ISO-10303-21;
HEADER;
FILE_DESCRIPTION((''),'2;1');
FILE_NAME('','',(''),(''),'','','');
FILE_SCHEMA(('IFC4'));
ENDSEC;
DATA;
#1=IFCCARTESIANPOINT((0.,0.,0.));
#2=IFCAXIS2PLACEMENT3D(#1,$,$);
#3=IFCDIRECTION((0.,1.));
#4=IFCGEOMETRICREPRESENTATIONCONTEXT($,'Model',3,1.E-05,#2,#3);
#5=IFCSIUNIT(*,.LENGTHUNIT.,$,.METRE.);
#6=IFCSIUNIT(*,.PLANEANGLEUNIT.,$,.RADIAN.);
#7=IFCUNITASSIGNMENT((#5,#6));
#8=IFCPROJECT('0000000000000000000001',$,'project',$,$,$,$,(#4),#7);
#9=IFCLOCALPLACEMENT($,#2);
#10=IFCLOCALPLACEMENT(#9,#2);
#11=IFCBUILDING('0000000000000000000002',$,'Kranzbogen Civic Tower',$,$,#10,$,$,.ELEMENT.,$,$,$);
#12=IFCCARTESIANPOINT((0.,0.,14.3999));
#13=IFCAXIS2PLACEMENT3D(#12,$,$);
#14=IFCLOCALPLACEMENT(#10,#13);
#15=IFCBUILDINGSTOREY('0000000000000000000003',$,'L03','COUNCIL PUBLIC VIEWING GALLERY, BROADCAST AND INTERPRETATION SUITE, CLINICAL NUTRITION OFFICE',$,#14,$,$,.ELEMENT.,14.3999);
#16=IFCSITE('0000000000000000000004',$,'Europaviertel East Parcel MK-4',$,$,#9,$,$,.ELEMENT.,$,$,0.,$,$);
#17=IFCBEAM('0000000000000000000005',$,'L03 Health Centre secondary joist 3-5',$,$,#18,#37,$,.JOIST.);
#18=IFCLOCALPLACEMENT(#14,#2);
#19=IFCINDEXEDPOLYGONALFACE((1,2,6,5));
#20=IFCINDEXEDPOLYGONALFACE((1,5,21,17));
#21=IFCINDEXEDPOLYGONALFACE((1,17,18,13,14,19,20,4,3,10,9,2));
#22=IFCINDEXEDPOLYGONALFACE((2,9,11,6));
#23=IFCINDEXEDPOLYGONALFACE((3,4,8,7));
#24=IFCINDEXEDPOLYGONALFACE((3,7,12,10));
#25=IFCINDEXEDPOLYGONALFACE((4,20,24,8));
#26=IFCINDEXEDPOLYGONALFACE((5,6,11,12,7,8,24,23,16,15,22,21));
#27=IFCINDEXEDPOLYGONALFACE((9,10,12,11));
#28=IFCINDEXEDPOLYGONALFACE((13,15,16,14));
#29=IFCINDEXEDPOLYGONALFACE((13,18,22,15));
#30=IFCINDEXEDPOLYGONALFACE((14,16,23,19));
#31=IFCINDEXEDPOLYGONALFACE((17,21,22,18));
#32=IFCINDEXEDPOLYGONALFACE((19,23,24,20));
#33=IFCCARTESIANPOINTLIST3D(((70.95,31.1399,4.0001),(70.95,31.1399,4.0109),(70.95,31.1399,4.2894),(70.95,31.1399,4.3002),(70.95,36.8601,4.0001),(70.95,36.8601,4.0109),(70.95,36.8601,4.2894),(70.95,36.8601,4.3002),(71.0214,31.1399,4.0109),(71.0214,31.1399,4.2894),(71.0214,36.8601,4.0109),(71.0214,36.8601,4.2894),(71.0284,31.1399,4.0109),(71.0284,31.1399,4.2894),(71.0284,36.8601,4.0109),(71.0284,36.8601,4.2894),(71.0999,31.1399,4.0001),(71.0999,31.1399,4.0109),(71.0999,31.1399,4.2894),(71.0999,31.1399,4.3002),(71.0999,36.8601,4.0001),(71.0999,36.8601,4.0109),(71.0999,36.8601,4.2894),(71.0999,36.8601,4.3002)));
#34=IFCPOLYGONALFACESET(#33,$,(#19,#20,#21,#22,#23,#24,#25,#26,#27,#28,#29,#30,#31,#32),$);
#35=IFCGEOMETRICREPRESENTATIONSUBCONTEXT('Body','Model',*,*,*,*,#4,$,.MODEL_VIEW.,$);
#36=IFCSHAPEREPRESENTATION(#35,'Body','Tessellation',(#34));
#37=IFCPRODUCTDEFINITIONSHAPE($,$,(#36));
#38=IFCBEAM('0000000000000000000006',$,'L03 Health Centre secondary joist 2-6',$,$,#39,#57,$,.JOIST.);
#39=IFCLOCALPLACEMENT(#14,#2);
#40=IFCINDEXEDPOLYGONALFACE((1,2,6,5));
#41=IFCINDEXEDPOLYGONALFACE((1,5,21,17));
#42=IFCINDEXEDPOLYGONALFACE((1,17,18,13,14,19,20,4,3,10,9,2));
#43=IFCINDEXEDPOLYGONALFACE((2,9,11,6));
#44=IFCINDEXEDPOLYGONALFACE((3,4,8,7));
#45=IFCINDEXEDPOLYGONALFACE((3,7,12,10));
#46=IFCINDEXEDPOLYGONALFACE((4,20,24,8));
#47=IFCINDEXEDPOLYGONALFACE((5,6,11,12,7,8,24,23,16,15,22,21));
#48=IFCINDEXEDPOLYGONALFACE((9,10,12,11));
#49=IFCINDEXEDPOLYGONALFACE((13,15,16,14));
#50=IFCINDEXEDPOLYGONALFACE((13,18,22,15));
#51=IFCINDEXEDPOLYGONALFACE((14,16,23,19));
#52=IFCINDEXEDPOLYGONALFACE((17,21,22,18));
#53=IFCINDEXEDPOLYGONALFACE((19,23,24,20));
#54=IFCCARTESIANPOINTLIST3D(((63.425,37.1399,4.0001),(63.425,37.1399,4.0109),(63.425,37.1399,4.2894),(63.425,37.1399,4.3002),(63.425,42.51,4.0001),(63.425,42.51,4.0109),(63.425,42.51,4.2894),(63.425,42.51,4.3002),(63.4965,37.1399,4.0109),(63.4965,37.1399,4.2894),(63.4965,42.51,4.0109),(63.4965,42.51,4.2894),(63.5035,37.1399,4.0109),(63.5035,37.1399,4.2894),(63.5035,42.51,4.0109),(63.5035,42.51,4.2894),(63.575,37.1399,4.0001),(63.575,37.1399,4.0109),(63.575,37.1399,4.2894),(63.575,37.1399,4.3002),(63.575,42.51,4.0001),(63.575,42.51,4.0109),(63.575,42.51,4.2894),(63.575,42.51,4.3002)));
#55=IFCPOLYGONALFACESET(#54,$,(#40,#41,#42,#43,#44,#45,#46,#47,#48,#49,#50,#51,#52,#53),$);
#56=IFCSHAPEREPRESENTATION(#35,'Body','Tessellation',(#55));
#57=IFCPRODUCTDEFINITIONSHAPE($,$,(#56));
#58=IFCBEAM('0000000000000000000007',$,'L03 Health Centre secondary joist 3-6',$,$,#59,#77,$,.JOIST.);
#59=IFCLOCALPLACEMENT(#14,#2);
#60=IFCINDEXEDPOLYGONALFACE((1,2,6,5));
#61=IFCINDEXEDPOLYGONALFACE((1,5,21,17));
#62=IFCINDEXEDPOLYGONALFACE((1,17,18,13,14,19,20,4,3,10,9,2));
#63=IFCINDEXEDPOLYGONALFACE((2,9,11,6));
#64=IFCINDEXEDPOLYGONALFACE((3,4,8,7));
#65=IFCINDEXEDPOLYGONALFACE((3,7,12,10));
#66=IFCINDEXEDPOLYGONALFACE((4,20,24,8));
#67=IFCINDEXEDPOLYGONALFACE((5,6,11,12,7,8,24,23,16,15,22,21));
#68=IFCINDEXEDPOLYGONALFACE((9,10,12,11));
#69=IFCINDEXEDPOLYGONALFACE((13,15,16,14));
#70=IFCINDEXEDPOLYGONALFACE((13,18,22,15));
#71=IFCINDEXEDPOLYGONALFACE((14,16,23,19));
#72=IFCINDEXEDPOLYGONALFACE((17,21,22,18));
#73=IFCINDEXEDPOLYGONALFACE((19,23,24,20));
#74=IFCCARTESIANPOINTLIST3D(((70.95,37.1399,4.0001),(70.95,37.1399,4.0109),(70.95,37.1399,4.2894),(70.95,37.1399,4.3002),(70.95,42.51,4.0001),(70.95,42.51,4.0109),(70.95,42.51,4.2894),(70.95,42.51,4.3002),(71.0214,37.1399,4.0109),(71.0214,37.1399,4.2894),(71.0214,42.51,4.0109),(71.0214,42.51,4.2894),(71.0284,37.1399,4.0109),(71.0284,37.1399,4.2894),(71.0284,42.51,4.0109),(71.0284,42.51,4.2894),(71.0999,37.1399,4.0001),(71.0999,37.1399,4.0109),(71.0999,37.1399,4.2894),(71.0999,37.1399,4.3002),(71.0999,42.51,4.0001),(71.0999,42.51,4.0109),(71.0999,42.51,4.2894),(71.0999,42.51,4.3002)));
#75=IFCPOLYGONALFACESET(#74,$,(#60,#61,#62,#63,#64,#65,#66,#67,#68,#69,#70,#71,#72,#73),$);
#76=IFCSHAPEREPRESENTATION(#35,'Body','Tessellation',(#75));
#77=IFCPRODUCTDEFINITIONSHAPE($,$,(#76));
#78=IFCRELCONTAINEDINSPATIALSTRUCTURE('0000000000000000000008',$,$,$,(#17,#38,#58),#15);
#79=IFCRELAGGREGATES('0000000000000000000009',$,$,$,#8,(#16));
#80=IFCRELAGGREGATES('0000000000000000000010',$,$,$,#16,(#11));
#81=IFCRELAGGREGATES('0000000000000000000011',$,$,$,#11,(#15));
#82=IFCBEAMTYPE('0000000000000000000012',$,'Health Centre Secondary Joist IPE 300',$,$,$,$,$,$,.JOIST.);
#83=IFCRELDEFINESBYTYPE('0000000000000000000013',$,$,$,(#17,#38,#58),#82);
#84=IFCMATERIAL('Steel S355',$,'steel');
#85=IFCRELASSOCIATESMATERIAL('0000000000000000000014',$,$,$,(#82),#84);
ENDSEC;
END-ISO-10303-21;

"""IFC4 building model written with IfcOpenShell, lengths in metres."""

from ifc_helpers import new_model, si_unit, direction, frame, origin, origin_2d, place, context, subcontext, project, spatial, i_section, extrude, material, material_profile, profile_set, type_object, element, save


model = new_model("IFC4")

# Units and contexts
model_context = context("Model", 3, precision=1e-05, world=origin(), true_north=direction((0.0, 1.0)))
body_context = subcontext(model_context, "Body", "Model", "MODEL_VIEW")
ifc_project = project(units=[si_unit("LENGTHUNIT", "METRE"), si_unit("PLANEANGLEUNIT", "RADIAN")], contexts=[model_context])

# Site, building, storey
site_placement = place(None, origin())
site = spatial("IfcSite", under=ifc_project, at=site_placement, Name="Europaviertel East Parcel MK-4", CompositionType="ELEMENT", RefElevation=0.0)
building_placement = place(site_placement, origin())
building = spatial("IfcBuilding", under=site, at=building_placement, Name="Kranzbogen Civic Tower", CompositionType="ELEMENT")
storey_placement = place(building_placement, frame((0.0, 0.0, 14.3999)))
storey = spatial("IfcBuildingStorey", under=building, at=storey_placement, Name="L03", Description="COUNCIL PUBLIC VIEWING GALLERY, BROADCAST AND INTERPRETATION SUITE, CLINICAL NUTRITION OFFICE", CompositionType="ELEMENT", Elevation=14.3999)

# Shared definitions
ifc_material_1 = material(Name="Steel S355", Category="steel")

# Beams
ifc_material_profile_1 = material_profile(ifc_material_1, i_section(OverallWidth=0.1499, OverallDepth=0.3, WebThickness=0.0071, FlangeThickness=0.0107, at=origin_2d()), Name="IPE 300")
ifc_profile_set_1 = profile_set([ifc_material_profile_1], Name="Steel S355")
beam_type_1 = type_object("IfcBeamType", Name="Health Centre Secondary Joist IPE 300", PredefinedType="JOIST", material=ifc_profile_set_1)
for number, where, z_axis, x_axis, name in (
    (1, (71.0249, 31.1399, 4.1501), (0.0, 1.0, 0.0), (-1.0, 0.0, 0.0), "L03 Health Centre secondary joist 3-5"),
):
    element("IfcBeam", number, at=place(storey_placement, frame(where, z_axis=z_axis, x_axis=x_axis)), inside=storey, type_object=beam_type_1, Name=name, PredefinedType="JOIST", context=body_context, shape_type="SweptSolid", body=[
        extrude(i_section(OverallWidth=0.1499, OverallDepth=0.3, WebThickness=0.0071, FlangeThickness=0.0107, at=origin_2d()), origin(), (0.0, 0.0, 1.0), 5.7202),
    ])
for number, where, z_axis, x_axis, name in (
    (2, (63.5, 37.1399, 4.1501), (0.0, 1.0, 0.0), (-1.0, 0.0, 0.0), "L03 Health Centre secondary joist 2-6"),
    (3, (71.0249, 37.1399, 4.1501), (0.0, 1.0, 0.0), (-1.0, 0.0, 0.0), "L03 Health Centre secondary joist 3-6"),
):
    element("IfcBeam", number, at=place(storey_placement, frame(where, z_axis=z_axis, x_axis=x_axis)), inside=storey, type_object=beam_type_1, Name=name, PredefinedType="JOIST", context=body_context, shape_type="SweptSolid", body=[
        extrude(i_section(OverallWidth=0.1499, OverallDepth=0.3, WebThickness=0.0071, FlangeThickness=0.0107, at=origin_2d()), origin(), (0.0, 0.0, 1.0), 5.3701),
    ])

save(model, "model.ifc")
